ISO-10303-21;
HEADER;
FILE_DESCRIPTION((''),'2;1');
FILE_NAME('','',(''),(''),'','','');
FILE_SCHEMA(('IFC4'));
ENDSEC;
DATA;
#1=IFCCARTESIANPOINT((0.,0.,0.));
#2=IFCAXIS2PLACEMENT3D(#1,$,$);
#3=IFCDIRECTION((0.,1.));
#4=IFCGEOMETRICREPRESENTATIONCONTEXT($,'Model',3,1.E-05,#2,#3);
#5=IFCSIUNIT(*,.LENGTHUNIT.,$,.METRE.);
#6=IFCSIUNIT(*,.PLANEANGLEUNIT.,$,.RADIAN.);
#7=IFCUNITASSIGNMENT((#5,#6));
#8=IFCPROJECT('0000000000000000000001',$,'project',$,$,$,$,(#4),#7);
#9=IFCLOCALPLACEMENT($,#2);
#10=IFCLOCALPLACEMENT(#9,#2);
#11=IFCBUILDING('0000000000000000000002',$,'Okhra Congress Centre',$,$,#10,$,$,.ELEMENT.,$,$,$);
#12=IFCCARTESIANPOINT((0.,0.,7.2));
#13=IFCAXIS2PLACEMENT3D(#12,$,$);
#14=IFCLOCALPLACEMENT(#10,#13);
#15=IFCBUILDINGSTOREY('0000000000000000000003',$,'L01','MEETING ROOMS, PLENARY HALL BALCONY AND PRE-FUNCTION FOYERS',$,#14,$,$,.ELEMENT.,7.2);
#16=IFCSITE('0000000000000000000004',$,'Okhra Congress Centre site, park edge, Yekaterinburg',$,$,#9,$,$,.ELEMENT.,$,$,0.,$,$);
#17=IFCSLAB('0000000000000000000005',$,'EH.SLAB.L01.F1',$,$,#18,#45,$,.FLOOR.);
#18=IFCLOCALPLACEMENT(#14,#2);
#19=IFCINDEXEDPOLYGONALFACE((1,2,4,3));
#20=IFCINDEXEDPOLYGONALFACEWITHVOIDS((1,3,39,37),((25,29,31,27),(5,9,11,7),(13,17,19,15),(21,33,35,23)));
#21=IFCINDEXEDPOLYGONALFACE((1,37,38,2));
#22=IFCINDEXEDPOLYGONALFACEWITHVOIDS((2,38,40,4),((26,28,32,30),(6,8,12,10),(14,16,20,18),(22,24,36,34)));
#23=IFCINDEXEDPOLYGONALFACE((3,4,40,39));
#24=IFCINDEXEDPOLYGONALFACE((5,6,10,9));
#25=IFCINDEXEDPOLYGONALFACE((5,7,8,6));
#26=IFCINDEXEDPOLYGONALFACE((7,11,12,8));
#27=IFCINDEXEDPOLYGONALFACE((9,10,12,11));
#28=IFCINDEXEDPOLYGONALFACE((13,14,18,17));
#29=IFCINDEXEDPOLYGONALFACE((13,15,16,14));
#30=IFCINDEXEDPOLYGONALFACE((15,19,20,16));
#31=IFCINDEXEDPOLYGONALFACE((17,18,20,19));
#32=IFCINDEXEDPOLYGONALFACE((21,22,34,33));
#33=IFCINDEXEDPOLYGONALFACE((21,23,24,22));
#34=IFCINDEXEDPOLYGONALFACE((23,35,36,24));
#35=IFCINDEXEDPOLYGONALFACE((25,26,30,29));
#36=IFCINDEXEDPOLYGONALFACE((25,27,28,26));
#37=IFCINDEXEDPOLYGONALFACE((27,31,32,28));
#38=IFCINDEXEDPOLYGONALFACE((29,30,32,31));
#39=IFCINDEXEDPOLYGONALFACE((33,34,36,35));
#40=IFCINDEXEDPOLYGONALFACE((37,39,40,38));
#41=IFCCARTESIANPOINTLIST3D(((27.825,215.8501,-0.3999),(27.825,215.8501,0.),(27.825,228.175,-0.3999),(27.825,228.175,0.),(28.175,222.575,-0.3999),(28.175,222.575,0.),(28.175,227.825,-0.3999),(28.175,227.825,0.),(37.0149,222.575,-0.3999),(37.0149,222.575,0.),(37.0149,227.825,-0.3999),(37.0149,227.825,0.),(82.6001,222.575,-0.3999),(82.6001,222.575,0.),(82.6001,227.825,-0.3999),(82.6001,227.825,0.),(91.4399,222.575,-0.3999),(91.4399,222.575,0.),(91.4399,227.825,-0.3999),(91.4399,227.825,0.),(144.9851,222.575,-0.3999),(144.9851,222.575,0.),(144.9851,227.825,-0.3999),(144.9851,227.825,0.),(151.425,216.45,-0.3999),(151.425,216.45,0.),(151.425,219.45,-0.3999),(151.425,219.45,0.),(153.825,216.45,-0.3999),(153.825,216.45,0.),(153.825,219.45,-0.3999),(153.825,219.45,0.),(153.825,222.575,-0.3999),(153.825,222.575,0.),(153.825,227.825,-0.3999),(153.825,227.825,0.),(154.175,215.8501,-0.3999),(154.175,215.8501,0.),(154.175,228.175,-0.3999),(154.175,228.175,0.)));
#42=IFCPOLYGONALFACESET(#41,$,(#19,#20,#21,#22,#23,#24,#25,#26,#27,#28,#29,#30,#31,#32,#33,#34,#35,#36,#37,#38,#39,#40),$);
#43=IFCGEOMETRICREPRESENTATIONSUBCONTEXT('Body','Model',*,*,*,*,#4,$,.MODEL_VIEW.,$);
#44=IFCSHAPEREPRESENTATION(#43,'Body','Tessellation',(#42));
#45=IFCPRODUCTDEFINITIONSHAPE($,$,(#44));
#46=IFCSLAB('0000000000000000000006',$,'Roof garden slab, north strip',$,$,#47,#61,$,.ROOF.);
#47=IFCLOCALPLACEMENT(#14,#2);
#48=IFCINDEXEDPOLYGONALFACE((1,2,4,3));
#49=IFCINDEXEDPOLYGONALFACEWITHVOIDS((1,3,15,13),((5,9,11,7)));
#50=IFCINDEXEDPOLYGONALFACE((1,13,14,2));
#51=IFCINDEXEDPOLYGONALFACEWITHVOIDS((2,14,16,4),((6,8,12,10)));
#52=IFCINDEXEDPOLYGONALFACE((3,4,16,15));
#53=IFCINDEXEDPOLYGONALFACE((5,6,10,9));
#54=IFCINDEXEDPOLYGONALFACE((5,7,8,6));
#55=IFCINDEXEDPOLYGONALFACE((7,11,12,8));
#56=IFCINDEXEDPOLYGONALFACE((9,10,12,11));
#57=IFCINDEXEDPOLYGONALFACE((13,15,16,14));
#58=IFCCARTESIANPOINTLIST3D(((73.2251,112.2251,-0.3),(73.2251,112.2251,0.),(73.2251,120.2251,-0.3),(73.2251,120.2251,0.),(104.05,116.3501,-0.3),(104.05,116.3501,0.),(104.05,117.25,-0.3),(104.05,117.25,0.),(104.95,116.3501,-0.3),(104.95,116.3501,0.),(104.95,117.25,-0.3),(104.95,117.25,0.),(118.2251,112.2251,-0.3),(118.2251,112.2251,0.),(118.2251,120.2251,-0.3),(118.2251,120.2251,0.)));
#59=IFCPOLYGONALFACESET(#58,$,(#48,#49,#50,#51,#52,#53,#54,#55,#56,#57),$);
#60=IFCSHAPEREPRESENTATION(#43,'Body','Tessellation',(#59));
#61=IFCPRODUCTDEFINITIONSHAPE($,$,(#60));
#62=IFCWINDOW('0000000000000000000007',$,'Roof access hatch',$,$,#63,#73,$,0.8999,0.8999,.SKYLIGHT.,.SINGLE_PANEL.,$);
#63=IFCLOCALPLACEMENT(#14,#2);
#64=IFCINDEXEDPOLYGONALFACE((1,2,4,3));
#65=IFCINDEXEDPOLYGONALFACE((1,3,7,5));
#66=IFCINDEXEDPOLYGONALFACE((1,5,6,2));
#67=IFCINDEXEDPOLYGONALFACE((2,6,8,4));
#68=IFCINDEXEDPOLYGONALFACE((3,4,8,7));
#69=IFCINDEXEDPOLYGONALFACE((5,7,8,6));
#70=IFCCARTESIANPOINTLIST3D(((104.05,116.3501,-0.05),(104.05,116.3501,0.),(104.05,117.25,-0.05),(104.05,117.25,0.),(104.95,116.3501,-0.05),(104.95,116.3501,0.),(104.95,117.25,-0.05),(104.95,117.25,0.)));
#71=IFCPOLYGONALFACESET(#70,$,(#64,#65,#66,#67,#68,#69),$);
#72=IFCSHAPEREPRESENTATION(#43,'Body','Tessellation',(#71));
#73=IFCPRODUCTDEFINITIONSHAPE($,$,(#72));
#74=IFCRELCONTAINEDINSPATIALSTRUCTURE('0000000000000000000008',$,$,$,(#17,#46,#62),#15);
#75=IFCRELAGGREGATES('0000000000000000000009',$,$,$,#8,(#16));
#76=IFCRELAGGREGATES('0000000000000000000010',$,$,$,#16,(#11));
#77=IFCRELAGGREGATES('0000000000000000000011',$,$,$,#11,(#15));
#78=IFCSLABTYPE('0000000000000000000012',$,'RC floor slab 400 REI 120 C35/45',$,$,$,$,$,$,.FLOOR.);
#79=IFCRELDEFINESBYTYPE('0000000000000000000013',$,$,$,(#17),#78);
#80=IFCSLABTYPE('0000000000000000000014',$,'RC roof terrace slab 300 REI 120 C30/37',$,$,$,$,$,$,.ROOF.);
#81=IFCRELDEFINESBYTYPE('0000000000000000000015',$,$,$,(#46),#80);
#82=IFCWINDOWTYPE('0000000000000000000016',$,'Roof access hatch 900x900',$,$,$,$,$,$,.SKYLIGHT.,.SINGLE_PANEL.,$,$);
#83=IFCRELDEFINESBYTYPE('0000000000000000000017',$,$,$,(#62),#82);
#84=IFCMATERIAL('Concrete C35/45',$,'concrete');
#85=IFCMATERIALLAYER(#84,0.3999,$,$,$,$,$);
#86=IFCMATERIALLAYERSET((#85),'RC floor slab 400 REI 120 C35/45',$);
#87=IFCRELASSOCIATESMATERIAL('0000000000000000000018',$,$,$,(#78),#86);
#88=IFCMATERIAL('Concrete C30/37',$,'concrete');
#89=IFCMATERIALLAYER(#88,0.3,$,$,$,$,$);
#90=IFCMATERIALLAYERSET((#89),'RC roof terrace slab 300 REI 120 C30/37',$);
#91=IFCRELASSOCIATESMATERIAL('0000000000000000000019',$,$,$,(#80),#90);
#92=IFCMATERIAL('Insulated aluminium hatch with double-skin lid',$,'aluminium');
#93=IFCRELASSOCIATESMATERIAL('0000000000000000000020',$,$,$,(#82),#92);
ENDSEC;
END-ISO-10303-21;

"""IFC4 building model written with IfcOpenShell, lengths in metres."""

from ifc_helpers import new_model, si_unit, direction, frame, origin, origin_2d, place, context, subcontext, project, spatial, polyline, rectangle, outline, extrude, material, layer, layer_set, type_object, element, fill, save


model = new_model("IFC4")

# Units and contexts
model_context = context("Model", 3, precision=1e-05, world=origin(), true_north=direction((0.0, 1.0)))
body_context = subcontext(model_context, "Body", "Model", "MODEL_VIEW")
ifc_project = project(units=[si_unit("LENGTHUNIT", "METRE"), si_unit("PLANEANGLEUNIT", "RADIAN")], contexts=[model_context])

# Site, building, storey
site_placement = place(None, origin())
site = spatial("IfcSite", under=ifc_project, at=site_placement, Name="Okhra Congress Centre site, park edge, Yekaterinburg", CompositionType="ELEMENT", RefElevation=0.0)
building_placement = place(site_placement, origin())
building = spatial("IfcBuilding", under=site, at=building_placement, Name="Okhra Congress Centre", CompositionType="ELEMENT")
storey_placement = place(building_placement, frame((0.0, 0.0, 7.2)))
storey = spatial("IfcBuildingStorey", under=building, at=storey_placement, Name="L01", Description="MEETING ROOMS, PLENARY HALL BALCONY AND PRE-FUNCTION FOYERS", CompositionType="ELEMENT", Elevation=7.2)

# Slab
ifc_material_1 = material(Name="Concrete C30/37", Category="concrete")
ifc_material_2 = material(Name="Concrete C35/45", Category="concrete")
ifc_layer_1 = layer(ifc_material_2, 0.3999)
ifc_layer_set_1 = layer_set([ifc_layer_1], Name="RC floor slab 400 REI 120 C35/45")
slab_type_1 = type_object("IfcSlabType", Name="RC floor slab 400 REI 120 C35/45", PredefinedType="FLOOR", material=ifc_layer_set_1)
slab_1_placement = place(storey_placement, frame((0.0, 0.0, -0.3999)))
element("IfcSlab", 1, at=slab_1_placement, inside=storey, type_object=slab_type_1, Name="EH.SLAB.L01.F1", PredefinedType="FLOOR", context=body_context, shape_type="SweptSolid", body=[
    extrude(outline(polyline([(27.825, 215.8501), (154.175, 215.8501), (154.175, 228.175), (27.825, 228.175), (27.825, 215.8501)]), holes=[polyline([(37.0149, 227.825), (28.175, 227.825), (28.175, 222.575), (37.0149, 222.575), (37.0149, 227.825)]), polyline([(91.4399, 227.825), (82.6001, 227.825), (82.6001, 222.575), (91.4399, 222.575), (91.4399, 227.825)]), polyline([(144.9851, 222.575), (153.825, 222.575), (153.825, 227.825), (144.9851, 227.825), (144.9851, 222.575)]), polyline([(151.425, 216.45), (153.825, 216.45), (153.825, 219.45), (151.425, 219.45), (151.425, 216.45)])]), origin(), (0.0, 0.0, 1.0), 0.3999),
])

# Slab, opening, window
ifc_layer_2 = layer(ifc_material_1, 0.3)
ifc_layer_set_2 = layer_set([ifc_layer_2], Name="RC roof terrace slab 300 REI 120 C30/37")
slab_type_2 = type_object("IfcSlabType", Name="RC roof terrace slab 300 REI 120 C30/37", PredefinedType="ROOF", material=ifc_layer_set_2)
slab_2_placement = place(storey_placement, frame((0.0, 0.0, -0.3)))
slab_2 = element("IfcSlab", 2, at=slab_2_placement, inside=storey, type_object=slab_type_2, Name="Roof garden slab, north strip", PredefinedType="ROOF", context=body_context, shape_type="SweptSolid", body=[
    extrude(outline(polyline([(73.2251, 112.2251), (118.2251, 112.2251), (118.2251, 120.2251), (73.2251, 120.2251), (73.2251, 112.2251)])), origin(), (0.0, 0.0, 1.0), 0.3),
])
opening_placement = place(slab_2_placement, frame((104.5, 116.8, 0.0)))
opening = element("IfcOpeningElement", 3, at=opening_placement, cuts=slab_2, PredefinedType="OPENING", context=body_context, shape_type="SweptSolid", body=[
    extrude(rectangle(XDim=0.8999, YDim=0.8999, at=origin_2d()), origin(), (0.0, 0.0, 1.0), 0.3),
])
ifc_material_3 = material(Name="Insulated aluminium hatch with double-skin lid", Category="aluminium")
window_type = type_object("IfcWindowType", Name="Roof access hatch 900x900", PartitioningType="SINGLE_PANEL", PredefinedType="SKYLIGHT", material=ifc_material_3)
window_placement = place(opening_placement, frame((0.0, 0.0, 0.25)))
window = element("IfcWindow", 4, at=window_placement, inside=storey, type_object=window_type, Name="Roof access hatch", OverallHeight=0.8999, OverallWidth=0.8999, PartitioningType="SINGLE_PANEL", PredefinedType="SKYLIGHT", context=body_context, shape_type="SweptSolid", body=[
    extrude(rectangle(XDim=0.8999, YDim=0.8999, at=origin_2d()), origin(), (0.0, 0.0, 1.0), 0.05),
])
fill(opening, window)

save(model, "model.ifc")
